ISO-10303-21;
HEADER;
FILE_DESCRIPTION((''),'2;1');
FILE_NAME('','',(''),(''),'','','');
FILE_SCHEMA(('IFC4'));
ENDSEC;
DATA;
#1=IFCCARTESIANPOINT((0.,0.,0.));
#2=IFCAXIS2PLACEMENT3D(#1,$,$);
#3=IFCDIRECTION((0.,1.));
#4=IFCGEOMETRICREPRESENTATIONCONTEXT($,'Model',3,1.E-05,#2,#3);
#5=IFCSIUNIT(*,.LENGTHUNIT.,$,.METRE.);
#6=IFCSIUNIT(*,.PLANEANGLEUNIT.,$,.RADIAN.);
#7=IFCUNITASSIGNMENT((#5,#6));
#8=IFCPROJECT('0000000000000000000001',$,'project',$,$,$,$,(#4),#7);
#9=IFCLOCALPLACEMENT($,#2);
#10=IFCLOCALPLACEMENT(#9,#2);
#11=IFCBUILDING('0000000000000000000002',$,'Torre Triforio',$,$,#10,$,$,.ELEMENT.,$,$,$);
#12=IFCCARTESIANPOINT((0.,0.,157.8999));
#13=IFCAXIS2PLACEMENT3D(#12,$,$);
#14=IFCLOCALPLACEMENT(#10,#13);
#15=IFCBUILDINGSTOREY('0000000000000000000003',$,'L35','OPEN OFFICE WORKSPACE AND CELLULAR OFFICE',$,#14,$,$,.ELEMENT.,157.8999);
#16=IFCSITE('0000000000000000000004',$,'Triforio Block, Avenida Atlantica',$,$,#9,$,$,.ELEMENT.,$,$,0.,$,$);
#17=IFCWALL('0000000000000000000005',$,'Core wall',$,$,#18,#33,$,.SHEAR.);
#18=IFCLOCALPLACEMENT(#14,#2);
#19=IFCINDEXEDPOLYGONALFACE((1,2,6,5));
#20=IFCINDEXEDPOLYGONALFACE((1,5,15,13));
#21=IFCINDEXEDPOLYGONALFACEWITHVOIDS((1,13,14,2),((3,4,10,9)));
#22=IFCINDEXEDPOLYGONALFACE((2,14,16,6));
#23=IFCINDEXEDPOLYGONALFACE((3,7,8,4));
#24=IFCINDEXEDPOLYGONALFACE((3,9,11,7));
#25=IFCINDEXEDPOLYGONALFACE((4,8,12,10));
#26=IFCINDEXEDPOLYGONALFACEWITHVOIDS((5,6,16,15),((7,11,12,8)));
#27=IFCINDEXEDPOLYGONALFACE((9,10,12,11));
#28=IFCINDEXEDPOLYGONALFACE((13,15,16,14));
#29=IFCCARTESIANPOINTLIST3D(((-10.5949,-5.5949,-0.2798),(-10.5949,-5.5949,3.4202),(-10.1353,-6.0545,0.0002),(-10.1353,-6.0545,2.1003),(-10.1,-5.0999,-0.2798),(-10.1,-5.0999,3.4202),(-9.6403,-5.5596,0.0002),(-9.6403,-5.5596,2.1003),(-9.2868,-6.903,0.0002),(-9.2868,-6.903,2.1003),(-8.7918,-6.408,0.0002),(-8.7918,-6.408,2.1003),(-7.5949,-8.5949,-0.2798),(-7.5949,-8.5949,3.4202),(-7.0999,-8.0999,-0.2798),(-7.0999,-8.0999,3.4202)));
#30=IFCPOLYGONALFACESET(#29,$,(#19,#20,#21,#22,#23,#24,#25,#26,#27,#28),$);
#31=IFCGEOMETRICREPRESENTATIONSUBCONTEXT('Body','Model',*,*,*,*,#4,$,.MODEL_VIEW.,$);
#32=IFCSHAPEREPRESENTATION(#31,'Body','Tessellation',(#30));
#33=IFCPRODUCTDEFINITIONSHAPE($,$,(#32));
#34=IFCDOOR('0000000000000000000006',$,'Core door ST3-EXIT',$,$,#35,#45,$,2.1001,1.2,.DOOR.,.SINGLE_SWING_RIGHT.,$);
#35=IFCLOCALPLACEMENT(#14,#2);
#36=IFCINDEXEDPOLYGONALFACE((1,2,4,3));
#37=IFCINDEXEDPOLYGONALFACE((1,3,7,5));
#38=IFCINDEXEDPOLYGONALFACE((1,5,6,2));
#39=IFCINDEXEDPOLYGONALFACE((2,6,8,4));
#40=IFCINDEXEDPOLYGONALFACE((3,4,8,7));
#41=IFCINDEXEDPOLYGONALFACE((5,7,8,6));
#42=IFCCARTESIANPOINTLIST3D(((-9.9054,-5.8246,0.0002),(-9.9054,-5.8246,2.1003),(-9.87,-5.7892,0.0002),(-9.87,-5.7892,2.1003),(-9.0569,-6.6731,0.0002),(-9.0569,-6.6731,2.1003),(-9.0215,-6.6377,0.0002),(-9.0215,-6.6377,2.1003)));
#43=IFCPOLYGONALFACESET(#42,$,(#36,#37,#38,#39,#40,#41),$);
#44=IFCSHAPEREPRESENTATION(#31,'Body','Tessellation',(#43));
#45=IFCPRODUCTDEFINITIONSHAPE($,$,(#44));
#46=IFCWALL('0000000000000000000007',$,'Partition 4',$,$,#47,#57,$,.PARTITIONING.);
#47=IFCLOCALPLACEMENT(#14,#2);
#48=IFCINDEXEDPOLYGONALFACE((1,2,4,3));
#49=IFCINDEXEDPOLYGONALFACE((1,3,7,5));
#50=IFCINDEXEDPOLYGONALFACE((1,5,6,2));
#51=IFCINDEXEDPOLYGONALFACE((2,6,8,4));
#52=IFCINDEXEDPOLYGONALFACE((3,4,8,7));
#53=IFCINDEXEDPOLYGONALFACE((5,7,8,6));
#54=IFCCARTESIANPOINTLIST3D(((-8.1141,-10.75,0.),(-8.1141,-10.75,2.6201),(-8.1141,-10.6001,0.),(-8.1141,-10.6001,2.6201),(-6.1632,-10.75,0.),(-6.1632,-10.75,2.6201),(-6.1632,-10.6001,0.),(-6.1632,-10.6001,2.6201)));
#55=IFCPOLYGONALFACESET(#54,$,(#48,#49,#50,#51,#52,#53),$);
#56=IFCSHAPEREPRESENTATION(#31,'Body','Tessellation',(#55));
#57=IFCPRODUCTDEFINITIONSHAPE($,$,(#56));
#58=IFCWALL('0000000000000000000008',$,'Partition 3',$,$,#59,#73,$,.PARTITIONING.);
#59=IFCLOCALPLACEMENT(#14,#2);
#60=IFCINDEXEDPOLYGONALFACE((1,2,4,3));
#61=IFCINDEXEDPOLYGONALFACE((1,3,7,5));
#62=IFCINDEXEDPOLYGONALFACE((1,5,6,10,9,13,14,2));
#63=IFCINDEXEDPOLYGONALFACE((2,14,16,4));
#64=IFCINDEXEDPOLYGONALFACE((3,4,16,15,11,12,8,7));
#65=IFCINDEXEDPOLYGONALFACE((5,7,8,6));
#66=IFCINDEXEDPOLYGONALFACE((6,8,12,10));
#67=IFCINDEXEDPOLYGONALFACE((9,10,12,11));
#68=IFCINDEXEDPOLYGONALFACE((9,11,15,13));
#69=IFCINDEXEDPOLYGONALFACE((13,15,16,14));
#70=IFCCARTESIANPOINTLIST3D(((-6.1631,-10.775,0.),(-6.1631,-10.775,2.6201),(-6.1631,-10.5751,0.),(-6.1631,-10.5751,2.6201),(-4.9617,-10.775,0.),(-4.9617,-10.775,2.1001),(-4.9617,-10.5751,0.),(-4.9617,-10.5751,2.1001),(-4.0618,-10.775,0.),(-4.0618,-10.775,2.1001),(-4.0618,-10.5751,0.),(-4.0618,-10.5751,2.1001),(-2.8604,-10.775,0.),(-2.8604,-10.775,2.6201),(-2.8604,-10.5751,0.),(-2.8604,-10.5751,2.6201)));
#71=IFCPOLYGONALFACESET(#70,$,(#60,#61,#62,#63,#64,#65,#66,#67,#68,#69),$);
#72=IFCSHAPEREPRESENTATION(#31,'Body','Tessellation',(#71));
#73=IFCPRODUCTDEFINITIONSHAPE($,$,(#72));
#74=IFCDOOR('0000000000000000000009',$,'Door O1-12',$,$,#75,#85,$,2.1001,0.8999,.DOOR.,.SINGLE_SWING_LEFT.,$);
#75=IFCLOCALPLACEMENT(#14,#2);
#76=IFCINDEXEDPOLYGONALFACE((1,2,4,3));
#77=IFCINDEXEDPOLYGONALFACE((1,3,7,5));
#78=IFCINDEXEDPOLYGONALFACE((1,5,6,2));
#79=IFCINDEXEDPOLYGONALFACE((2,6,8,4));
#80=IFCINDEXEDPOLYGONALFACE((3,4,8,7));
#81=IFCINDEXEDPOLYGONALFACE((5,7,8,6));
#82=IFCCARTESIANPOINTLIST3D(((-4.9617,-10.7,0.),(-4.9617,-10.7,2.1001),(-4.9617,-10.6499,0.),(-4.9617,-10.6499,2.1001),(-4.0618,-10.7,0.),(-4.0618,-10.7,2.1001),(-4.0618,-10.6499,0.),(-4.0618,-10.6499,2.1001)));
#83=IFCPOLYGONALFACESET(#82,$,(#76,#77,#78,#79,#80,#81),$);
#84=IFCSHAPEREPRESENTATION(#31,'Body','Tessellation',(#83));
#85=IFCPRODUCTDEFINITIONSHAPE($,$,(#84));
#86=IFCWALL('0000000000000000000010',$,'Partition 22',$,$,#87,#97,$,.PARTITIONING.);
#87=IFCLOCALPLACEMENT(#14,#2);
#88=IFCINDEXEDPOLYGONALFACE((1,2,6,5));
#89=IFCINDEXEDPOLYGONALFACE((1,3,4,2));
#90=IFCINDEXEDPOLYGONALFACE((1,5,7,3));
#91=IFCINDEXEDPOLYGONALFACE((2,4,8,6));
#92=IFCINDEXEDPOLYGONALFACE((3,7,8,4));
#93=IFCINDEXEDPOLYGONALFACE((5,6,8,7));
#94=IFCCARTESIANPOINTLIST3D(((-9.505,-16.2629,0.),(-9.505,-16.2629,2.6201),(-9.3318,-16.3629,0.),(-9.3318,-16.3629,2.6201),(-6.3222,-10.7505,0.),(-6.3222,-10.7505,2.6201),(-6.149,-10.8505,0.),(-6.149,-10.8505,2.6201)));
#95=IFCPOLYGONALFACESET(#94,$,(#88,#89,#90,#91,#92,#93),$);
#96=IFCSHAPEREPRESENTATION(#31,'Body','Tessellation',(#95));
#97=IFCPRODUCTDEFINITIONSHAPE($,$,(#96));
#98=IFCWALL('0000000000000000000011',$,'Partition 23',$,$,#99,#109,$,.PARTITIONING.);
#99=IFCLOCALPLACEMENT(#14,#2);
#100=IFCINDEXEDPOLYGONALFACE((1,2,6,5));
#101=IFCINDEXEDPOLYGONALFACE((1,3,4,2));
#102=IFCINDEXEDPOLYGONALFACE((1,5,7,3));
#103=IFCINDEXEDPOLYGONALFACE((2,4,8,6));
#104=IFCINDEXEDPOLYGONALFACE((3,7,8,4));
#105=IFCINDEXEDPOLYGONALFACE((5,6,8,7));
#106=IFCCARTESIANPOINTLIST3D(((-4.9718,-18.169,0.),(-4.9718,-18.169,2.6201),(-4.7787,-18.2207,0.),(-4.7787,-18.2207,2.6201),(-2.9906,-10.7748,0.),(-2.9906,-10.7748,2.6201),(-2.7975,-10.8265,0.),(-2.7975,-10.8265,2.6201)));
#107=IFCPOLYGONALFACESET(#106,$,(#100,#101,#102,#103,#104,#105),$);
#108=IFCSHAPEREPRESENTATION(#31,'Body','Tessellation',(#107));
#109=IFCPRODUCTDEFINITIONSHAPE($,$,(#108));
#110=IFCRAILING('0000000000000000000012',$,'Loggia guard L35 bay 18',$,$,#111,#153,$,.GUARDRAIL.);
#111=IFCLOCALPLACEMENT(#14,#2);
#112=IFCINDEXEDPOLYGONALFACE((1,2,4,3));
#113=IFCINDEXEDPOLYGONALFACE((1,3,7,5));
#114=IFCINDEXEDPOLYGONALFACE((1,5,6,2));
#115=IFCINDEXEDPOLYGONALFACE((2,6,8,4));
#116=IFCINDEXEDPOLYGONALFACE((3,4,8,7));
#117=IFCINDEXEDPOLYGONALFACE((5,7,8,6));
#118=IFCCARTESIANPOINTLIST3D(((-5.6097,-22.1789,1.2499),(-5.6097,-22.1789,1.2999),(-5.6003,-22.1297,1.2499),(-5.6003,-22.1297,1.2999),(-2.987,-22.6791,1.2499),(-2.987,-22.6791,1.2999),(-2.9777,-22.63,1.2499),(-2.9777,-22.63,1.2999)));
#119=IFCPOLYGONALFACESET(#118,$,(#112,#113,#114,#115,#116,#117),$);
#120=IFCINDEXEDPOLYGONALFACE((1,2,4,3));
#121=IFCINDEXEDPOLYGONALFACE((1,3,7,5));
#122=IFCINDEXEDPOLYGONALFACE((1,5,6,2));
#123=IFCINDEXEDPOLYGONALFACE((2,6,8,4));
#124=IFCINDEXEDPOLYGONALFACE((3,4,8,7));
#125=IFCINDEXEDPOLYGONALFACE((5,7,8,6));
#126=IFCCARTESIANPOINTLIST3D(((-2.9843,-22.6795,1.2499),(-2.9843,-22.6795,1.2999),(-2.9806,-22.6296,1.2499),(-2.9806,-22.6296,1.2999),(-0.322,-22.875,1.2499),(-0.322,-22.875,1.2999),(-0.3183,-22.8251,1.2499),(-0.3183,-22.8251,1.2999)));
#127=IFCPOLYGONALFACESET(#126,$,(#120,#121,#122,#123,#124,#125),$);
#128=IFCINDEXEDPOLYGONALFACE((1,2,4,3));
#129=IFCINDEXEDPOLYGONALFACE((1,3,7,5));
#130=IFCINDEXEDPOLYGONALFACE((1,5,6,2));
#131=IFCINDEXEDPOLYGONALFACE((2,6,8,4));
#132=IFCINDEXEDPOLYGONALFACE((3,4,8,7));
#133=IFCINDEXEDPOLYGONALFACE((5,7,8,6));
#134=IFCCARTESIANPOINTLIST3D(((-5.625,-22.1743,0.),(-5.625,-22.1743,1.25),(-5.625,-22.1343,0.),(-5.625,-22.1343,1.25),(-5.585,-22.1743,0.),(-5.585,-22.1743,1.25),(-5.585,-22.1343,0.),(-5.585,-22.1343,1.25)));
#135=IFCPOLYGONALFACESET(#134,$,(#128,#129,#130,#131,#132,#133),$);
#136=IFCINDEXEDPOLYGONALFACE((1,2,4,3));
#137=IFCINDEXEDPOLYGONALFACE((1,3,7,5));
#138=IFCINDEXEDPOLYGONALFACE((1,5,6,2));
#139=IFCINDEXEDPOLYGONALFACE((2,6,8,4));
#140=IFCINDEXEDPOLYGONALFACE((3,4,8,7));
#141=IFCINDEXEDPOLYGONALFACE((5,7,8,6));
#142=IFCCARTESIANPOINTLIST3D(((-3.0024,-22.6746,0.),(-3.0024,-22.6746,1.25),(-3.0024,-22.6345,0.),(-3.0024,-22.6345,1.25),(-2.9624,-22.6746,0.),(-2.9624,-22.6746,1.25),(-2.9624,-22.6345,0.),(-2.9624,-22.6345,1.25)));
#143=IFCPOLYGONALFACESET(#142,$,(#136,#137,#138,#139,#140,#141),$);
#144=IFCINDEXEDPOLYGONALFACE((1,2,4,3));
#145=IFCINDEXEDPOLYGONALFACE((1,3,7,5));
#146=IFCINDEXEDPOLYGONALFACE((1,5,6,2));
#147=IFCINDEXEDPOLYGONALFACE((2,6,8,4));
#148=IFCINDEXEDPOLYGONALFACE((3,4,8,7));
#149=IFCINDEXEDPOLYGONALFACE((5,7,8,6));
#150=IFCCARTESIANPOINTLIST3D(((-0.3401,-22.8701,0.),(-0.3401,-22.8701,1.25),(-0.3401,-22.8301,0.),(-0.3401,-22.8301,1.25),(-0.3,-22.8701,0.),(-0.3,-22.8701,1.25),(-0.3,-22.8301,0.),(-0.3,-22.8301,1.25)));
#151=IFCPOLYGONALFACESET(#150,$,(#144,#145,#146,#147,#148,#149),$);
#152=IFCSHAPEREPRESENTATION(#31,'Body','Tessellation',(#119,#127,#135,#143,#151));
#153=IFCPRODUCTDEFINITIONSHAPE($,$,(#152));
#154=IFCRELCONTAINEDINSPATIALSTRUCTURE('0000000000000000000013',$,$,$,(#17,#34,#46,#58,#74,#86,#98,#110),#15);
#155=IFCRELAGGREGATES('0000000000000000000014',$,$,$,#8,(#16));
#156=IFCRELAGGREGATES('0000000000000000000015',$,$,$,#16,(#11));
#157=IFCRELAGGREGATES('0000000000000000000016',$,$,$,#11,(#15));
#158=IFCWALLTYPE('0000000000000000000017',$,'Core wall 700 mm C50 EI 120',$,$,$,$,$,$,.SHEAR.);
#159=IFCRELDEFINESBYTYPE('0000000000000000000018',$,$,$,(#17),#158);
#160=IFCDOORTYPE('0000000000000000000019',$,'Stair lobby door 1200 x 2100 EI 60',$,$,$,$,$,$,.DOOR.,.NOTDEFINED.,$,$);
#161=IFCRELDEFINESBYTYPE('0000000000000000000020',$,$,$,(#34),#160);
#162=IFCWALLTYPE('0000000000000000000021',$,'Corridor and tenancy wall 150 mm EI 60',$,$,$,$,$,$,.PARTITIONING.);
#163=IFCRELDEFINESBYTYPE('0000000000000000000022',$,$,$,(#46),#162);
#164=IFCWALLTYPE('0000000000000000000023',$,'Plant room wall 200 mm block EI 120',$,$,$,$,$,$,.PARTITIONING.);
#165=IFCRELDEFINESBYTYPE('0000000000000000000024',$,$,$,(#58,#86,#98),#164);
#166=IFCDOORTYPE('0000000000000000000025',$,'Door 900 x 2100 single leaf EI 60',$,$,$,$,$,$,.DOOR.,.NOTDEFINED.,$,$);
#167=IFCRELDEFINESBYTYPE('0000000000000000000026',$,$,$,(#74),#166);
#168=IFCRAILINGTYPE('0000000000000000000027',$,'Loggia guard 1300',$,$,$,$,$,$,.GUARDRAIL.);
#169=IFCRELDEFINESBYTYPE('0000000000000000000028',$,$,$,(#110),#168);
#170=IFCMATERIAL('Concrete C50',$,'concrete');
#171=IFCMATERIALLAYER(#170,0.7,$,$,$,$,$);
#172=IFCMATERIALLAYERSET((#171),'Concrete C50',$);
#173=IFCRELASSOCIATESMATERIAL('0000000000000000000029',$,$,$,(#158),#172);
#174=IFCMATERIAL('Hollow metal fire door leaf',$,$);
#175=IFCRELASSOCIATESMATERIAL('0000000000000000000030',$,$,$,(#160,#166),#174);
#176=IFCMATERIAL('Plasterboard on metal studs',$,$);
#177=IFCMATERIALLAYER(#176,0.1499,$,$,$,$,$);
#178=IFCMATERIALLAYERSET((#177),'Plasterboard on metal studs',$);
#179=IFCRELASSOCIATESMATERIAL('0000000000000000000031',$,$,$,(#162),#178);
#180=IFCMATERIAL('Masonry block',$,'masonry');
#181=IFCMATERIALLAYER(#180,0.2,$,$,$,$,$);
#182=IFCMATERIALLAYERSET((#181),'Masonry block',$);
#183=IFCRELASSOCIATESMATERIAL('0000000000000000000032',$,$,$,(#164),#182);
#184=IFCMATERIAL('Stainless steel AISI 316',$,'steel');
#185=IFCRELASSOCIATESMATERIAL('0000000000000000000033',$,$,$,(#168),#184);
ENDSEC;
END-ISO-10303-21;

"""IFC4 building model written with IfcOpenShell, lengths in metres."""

from ifc_helpers import new_model, si_unit, direction, frame, frame_2d, origin, origin_2d, place, context, subcontext, project, spatial, rectangle, extrude, material, layer, layer_set, type_object, element, fill, save


model = new_model("IFC4")

# Units and contexts
model_context = context("Model", 3, precision=1e-05, world=origin(), true_north=direction((0.0, 1.0)))
body_context = subcontext(model_context, "Body", "Model", "MODEL_VIEW")
ifc_project = project(units=[si_unit("LENGTHUNIT", "METRE"), si_unit("PLANEANGLEUNIT", "RADIAN")], contexts=[model_context])

# Site, building, storey
site_placement = place(None, origin())
site = spatial("IfcSite", under=ifc_project, at=site_placement, Name="Triforio Block, Avenida Atlantica", CompositionType="ELEMENT", RefElevation=0.0)
building_placement = place(site_placement, origin())
building = spatial("IfcBuilding", under=site, at=building_placement, Name="Torre Triforio", CompositionType="ELEMENT")
storey_placement = place(building_placement, frame((0.0, 0.0, 157.8999)))
storey = spatial("IfcBuildingStorey", under=building, at=storey_placement, Name="L35", Description="OPEN OFFICE WORKSPACE AND CELLULAR OFFICE", CompositionType="ELEMENT", Elevation=157.8999)

# Shared definitions
ifc_material_1 = material(Name="Concrete C50", Category="concrete")

# Shared definitions
ifc_layer_1 = layer(ifc_material_1, 0.7)
ifc_layer_set_1 = layer_set([ifc_layer_1], Name="Concrete C50")
wall_type_1 = type_object("IfcWallType", Name="Core wall 700 mm C50 EI 120", PredefinedType="SHEAR", material=ifc_layer_set_1)
ifc_material_2 = material(Name="Hollow metal fire door leaf")

# Wall, opening, door
wall_1_placement = place(storey_placement, frame((-7.3474, -8.3474, -0.2798), z_axis=(0.0, 0.0, 1.0), x_axis=(-0.707107, 0.707107, 0.0)))
wall_1 = element("IfcWall", 1, at=wall_1_placement, inside=storey, type_object=wall_type_1, Name="Core wall", PredefinedType="SHEAR", context=body_context, shape_type="SweptSolid", body=[
    extrude(rectangle(XDim=4.2427, YDim=0.7, at=frame_2d((2.1213, 0.0))), origin(), (0.0, 0.0, 1.0), 3.7),
])
opening_1_placement = place(wall_1_placement, frame((2.3926, 0.0, 0.28)))
opening_1 = element("IfcOpeningElement", 2, at=opening_1_placement, cuts=wall_1, PredefinedType="OPENING", context=body_context, shape_type="SweptSolid", body=[
    extrude(rectangle(XDim=1.2, YDim=2.1001, at=frame_2d((0.6001, 1.05))), frame((0.0, 0.3599, 0.0), z_axis=(0.0, -1.0, 0.0), x_axis=(1.0, 0.0, 0.0)), (0.0, 0.0, 1.0), 0.72),
])
door_type_1 = type_object("IfcDoorType", Name="Stair lobby door 1200 x 2100 EI 60", OperationType="NOTDEFINED", PredefinedType="DOOR", material=ifc_material_2)
door_1_placement = place(opening_1_placement, origin())
door_1 = element("IfcDoor", 3, at=door_1_placement, inside=storey, type_object=door_type_1, Name="Core door ST3-EXIT", OperationType="SINGLE_SWING_RIGHT", OverallHeight=2.1001, OverallWidth=1.2, PredefinedType="DOOR", context=body_context, shape_type="SweptSolid", body=[
    extrude(rectangle(XDim=1.2, YDim=2.1001, at=frame_2d((0.6001, 1.05))), frame((0.0, 0.0249, 0.0), z_axis=(0.0, -1.0, 0.0), x_axis=(1.0, 0.0, 0.0)), (0.0, 0.0, 1.0), 0.05),
])
fill(opening_1, door_1)

# Wall
ifc_material_3 = material(Name="Plasterboard on metal studs")
ifc_layer_2 = layer(ifc_material_3, 0.1499)
ifc_layer_set_2 = layer_set([ifc_layer_2], Name="Plasterboard on metal studs")
wall_type_2 = type_object("IfcWallType", Name="Corridor and tenancy wall 150 mm EI 60", PredefinedType="PARTITIONING", material=ifc_layer_set_2)
wall_2_placement = place(storey_placement, frame((-6.1631, -10.675, 0.0), z_axis=(0.0, 0.0, 1.0), x_axis=(-1.0, 0.0, 0.0)))
element("IfcWall", 4, at=wall_2_placement, inside=storey, type_object=wall_type_2, Name="Partition 4", PredefinedType="PARTITIONING", context=body_context, shape_type="SweptSolid", body=[
    extrude(rectangle(XDim=1.9509, YDim=0.1499, at=frame_2d((0.9756, 0.0))), origin(), (0.0, 0.0, 1.0), 2.6201),
])

# Wall, opening, door
ifc_material_4 = material(Name="Masonry block", Category="masonry")
ifc_layer_3 = layer(ifc_material_4, 0.2)
ifc_layer_set_3 = layer_set([ifc_layer_3], Name="Masonry block")
wall_type_3 = type_object("IfcWallType", Name="Plant room wall 200 mm block EI 120", PredefinedType="PARTITIONING", material=ifc_layer_set_3)
wall_3_placement = place(storey_placement, frame((-2.8604, -10.675, 0.0), z_axis=(0.0, 0.0, 1.0), x_axis=(-1.0, 0.0, 0.0)))
wall_3 = element("IfcWall", 5, at=wall_3_placement, inside=storey, type_object=wall_type_3, Name="Partition 3", PredefinedType="PARTITIONING", context=body_context, shape_type="SweptSolid", body=[
    extrude(rectangle(XDim=3.3027, YDim=0.2, at=frame_2d((1.6514, 0.0))), origin(), (0.0, 0.0, 1.0), 2.6201),
])
opening_2_placement = place(wall_3_placement, frame((1.2014, 0.0, 0.0)))
opening_2 = element("IfcOpeningElement", 6, at=opening_2_placement, cuts=wall_3, PredefinedType="OPENING", context=body_context, shape_type="SweptSolid", body=[
    extrude(rectangle(XDim=0.8999, YDim=2.1001, at=frame_2d((0.45, 1.05))), frame((0.0, 0.1099, 0.0), z_axis=(0.0, -1.0, 0.0), x_axis=(1.0, 0.0, 0.0)), (0.0, 0.0, 1.0), 0.22),
])
door_type_2 = type_object("IfcDoorType", Name="Door 900 x 2100 single leaf EI 60", OperationType="NOTDEFINED", PredefinedType="DOOR", material=ifc_material_2)
door_2_placement = place(opening_2_placement, origin())
door_2 = element("IfcDoor", 7, at=door_2_placement, inside=storey, type_object=door_type_2, Name="Door O1-12", OperationType="SINGLE_SWING_LEFT", OverallHeight=2.1001, OverallWidth=0.8999, PredefinedType="DOOR", context=body_context, shape_type="SweptSolid", body=[
    extrude(rectangle(XDim=0.8999, YDim=2.1001, at=frame_2d((0.45, 1.05))), frame((0.0, 0.0249, 0.0), z_axis=(0.0, -1.0, 0.0), x_axis=(1.0, 0.0, 0.0)), (0.0, 0.0, 1.0), 0.05),
])
fill(opening_2, door_2)

# Walls
wall_4_placement = place(storey_placement, frame((-6.2356, -10.8005, 0.0), z_axis=(0.0, 0.0, 1.0), x_axis=(-0.500029, -0.866009, 0.0)))
element("IfcWall", 8, at=wall_4_placement, inside=storey, type_object=wall_type_3, Name="Partition 22", PredefinedType="PARTITIONING", context=body_context, shape_type="SweptSolid", body=[
    extrude(rectangle(XDim=6.3652, YDim=0.2, at=frame_2d((3.1826, 0.0))), origin(), (0.0, 0.0, 1.0), 2.6201),
])
wall_5_placement = place(storey_placement, frame((-2.894, -10.8005, 0.0), z_axis=(0.0, 0.0, 1.0), x_axis=(-0.258808, -0.965929, 0.0)))
element("IfcWall", 9, at=wall_5_placement, inside=storey, type_object=wall_type_3, Name="Partition 23", PredefinedType="PARTITIONING", context=body_context, shape_type="SweptSolid", body=[
    extrude(rectangle(XDim=7.655, YDim=0.2, at=frame_2d((3.8276, 0.0))), origin(), (0.0, 0.0, 1.0), 2.6201),
])

# Railing
ifc_material_5 = material(Name="Stainless steel AISI 316", Category="steel")
railing_type = type_object("IfcRailingType", Name="Loggia guard 1300", PredefinedType="GUARDRAIL", material=ifc_material_5)
railing_placement = place(storey_placement, frame((-5.605, -22.1543, 0.0)))
element("IfcRailing", 10, at=railing_placement, inside=storey, type_object=railing_type, Name="Loggia guard L35 bay 18", PredefinedType="GUARDRAIL", context=body_context, shape_type="SweptSolid", body=[
    extrude(rectangle(XDim=0.05, YDim=0.05, at=origin_2d()), frame((0.0, 0.0, 1.2749), z_axis=(0.98229, -0.187368, 0.0), x_axis=(0.187368, 0.98229, 0.0)), (0.0, 0.0, 1.0), 2.6699),
    extrude(rectangle(XDim=0.05, YDim=0.05, at=origin_2d()), frame((2.6226, -0.5002, 1.2749), z_axis=(0.997313, -0.073255, 0.0), x_axis=(0.073255, 0.997313, 0.0)), (0.0, 0.0, 1.0), 2.6694),
    extrude(rectangle(XDim=0.04, YDim=0.04, at=origin_2d()), origin(), (0.0, 0.0, 1.0), 1.25),
    extrude(rectangle(XDim=0.04, YDim=0.04, at=origin_2d()), frame((2.6226, -0.5002, 0.0)), (0.0, 0.0, 1.0), 1.25),
    extrude(rectangle(XDim=0.04, YDim=0.04, at=origin_2d()), frame((5.2849, -0.6958, 0.0)), (0.0, 0.0, 1.0), 1.25),
])

save(model, "model.ifc")
